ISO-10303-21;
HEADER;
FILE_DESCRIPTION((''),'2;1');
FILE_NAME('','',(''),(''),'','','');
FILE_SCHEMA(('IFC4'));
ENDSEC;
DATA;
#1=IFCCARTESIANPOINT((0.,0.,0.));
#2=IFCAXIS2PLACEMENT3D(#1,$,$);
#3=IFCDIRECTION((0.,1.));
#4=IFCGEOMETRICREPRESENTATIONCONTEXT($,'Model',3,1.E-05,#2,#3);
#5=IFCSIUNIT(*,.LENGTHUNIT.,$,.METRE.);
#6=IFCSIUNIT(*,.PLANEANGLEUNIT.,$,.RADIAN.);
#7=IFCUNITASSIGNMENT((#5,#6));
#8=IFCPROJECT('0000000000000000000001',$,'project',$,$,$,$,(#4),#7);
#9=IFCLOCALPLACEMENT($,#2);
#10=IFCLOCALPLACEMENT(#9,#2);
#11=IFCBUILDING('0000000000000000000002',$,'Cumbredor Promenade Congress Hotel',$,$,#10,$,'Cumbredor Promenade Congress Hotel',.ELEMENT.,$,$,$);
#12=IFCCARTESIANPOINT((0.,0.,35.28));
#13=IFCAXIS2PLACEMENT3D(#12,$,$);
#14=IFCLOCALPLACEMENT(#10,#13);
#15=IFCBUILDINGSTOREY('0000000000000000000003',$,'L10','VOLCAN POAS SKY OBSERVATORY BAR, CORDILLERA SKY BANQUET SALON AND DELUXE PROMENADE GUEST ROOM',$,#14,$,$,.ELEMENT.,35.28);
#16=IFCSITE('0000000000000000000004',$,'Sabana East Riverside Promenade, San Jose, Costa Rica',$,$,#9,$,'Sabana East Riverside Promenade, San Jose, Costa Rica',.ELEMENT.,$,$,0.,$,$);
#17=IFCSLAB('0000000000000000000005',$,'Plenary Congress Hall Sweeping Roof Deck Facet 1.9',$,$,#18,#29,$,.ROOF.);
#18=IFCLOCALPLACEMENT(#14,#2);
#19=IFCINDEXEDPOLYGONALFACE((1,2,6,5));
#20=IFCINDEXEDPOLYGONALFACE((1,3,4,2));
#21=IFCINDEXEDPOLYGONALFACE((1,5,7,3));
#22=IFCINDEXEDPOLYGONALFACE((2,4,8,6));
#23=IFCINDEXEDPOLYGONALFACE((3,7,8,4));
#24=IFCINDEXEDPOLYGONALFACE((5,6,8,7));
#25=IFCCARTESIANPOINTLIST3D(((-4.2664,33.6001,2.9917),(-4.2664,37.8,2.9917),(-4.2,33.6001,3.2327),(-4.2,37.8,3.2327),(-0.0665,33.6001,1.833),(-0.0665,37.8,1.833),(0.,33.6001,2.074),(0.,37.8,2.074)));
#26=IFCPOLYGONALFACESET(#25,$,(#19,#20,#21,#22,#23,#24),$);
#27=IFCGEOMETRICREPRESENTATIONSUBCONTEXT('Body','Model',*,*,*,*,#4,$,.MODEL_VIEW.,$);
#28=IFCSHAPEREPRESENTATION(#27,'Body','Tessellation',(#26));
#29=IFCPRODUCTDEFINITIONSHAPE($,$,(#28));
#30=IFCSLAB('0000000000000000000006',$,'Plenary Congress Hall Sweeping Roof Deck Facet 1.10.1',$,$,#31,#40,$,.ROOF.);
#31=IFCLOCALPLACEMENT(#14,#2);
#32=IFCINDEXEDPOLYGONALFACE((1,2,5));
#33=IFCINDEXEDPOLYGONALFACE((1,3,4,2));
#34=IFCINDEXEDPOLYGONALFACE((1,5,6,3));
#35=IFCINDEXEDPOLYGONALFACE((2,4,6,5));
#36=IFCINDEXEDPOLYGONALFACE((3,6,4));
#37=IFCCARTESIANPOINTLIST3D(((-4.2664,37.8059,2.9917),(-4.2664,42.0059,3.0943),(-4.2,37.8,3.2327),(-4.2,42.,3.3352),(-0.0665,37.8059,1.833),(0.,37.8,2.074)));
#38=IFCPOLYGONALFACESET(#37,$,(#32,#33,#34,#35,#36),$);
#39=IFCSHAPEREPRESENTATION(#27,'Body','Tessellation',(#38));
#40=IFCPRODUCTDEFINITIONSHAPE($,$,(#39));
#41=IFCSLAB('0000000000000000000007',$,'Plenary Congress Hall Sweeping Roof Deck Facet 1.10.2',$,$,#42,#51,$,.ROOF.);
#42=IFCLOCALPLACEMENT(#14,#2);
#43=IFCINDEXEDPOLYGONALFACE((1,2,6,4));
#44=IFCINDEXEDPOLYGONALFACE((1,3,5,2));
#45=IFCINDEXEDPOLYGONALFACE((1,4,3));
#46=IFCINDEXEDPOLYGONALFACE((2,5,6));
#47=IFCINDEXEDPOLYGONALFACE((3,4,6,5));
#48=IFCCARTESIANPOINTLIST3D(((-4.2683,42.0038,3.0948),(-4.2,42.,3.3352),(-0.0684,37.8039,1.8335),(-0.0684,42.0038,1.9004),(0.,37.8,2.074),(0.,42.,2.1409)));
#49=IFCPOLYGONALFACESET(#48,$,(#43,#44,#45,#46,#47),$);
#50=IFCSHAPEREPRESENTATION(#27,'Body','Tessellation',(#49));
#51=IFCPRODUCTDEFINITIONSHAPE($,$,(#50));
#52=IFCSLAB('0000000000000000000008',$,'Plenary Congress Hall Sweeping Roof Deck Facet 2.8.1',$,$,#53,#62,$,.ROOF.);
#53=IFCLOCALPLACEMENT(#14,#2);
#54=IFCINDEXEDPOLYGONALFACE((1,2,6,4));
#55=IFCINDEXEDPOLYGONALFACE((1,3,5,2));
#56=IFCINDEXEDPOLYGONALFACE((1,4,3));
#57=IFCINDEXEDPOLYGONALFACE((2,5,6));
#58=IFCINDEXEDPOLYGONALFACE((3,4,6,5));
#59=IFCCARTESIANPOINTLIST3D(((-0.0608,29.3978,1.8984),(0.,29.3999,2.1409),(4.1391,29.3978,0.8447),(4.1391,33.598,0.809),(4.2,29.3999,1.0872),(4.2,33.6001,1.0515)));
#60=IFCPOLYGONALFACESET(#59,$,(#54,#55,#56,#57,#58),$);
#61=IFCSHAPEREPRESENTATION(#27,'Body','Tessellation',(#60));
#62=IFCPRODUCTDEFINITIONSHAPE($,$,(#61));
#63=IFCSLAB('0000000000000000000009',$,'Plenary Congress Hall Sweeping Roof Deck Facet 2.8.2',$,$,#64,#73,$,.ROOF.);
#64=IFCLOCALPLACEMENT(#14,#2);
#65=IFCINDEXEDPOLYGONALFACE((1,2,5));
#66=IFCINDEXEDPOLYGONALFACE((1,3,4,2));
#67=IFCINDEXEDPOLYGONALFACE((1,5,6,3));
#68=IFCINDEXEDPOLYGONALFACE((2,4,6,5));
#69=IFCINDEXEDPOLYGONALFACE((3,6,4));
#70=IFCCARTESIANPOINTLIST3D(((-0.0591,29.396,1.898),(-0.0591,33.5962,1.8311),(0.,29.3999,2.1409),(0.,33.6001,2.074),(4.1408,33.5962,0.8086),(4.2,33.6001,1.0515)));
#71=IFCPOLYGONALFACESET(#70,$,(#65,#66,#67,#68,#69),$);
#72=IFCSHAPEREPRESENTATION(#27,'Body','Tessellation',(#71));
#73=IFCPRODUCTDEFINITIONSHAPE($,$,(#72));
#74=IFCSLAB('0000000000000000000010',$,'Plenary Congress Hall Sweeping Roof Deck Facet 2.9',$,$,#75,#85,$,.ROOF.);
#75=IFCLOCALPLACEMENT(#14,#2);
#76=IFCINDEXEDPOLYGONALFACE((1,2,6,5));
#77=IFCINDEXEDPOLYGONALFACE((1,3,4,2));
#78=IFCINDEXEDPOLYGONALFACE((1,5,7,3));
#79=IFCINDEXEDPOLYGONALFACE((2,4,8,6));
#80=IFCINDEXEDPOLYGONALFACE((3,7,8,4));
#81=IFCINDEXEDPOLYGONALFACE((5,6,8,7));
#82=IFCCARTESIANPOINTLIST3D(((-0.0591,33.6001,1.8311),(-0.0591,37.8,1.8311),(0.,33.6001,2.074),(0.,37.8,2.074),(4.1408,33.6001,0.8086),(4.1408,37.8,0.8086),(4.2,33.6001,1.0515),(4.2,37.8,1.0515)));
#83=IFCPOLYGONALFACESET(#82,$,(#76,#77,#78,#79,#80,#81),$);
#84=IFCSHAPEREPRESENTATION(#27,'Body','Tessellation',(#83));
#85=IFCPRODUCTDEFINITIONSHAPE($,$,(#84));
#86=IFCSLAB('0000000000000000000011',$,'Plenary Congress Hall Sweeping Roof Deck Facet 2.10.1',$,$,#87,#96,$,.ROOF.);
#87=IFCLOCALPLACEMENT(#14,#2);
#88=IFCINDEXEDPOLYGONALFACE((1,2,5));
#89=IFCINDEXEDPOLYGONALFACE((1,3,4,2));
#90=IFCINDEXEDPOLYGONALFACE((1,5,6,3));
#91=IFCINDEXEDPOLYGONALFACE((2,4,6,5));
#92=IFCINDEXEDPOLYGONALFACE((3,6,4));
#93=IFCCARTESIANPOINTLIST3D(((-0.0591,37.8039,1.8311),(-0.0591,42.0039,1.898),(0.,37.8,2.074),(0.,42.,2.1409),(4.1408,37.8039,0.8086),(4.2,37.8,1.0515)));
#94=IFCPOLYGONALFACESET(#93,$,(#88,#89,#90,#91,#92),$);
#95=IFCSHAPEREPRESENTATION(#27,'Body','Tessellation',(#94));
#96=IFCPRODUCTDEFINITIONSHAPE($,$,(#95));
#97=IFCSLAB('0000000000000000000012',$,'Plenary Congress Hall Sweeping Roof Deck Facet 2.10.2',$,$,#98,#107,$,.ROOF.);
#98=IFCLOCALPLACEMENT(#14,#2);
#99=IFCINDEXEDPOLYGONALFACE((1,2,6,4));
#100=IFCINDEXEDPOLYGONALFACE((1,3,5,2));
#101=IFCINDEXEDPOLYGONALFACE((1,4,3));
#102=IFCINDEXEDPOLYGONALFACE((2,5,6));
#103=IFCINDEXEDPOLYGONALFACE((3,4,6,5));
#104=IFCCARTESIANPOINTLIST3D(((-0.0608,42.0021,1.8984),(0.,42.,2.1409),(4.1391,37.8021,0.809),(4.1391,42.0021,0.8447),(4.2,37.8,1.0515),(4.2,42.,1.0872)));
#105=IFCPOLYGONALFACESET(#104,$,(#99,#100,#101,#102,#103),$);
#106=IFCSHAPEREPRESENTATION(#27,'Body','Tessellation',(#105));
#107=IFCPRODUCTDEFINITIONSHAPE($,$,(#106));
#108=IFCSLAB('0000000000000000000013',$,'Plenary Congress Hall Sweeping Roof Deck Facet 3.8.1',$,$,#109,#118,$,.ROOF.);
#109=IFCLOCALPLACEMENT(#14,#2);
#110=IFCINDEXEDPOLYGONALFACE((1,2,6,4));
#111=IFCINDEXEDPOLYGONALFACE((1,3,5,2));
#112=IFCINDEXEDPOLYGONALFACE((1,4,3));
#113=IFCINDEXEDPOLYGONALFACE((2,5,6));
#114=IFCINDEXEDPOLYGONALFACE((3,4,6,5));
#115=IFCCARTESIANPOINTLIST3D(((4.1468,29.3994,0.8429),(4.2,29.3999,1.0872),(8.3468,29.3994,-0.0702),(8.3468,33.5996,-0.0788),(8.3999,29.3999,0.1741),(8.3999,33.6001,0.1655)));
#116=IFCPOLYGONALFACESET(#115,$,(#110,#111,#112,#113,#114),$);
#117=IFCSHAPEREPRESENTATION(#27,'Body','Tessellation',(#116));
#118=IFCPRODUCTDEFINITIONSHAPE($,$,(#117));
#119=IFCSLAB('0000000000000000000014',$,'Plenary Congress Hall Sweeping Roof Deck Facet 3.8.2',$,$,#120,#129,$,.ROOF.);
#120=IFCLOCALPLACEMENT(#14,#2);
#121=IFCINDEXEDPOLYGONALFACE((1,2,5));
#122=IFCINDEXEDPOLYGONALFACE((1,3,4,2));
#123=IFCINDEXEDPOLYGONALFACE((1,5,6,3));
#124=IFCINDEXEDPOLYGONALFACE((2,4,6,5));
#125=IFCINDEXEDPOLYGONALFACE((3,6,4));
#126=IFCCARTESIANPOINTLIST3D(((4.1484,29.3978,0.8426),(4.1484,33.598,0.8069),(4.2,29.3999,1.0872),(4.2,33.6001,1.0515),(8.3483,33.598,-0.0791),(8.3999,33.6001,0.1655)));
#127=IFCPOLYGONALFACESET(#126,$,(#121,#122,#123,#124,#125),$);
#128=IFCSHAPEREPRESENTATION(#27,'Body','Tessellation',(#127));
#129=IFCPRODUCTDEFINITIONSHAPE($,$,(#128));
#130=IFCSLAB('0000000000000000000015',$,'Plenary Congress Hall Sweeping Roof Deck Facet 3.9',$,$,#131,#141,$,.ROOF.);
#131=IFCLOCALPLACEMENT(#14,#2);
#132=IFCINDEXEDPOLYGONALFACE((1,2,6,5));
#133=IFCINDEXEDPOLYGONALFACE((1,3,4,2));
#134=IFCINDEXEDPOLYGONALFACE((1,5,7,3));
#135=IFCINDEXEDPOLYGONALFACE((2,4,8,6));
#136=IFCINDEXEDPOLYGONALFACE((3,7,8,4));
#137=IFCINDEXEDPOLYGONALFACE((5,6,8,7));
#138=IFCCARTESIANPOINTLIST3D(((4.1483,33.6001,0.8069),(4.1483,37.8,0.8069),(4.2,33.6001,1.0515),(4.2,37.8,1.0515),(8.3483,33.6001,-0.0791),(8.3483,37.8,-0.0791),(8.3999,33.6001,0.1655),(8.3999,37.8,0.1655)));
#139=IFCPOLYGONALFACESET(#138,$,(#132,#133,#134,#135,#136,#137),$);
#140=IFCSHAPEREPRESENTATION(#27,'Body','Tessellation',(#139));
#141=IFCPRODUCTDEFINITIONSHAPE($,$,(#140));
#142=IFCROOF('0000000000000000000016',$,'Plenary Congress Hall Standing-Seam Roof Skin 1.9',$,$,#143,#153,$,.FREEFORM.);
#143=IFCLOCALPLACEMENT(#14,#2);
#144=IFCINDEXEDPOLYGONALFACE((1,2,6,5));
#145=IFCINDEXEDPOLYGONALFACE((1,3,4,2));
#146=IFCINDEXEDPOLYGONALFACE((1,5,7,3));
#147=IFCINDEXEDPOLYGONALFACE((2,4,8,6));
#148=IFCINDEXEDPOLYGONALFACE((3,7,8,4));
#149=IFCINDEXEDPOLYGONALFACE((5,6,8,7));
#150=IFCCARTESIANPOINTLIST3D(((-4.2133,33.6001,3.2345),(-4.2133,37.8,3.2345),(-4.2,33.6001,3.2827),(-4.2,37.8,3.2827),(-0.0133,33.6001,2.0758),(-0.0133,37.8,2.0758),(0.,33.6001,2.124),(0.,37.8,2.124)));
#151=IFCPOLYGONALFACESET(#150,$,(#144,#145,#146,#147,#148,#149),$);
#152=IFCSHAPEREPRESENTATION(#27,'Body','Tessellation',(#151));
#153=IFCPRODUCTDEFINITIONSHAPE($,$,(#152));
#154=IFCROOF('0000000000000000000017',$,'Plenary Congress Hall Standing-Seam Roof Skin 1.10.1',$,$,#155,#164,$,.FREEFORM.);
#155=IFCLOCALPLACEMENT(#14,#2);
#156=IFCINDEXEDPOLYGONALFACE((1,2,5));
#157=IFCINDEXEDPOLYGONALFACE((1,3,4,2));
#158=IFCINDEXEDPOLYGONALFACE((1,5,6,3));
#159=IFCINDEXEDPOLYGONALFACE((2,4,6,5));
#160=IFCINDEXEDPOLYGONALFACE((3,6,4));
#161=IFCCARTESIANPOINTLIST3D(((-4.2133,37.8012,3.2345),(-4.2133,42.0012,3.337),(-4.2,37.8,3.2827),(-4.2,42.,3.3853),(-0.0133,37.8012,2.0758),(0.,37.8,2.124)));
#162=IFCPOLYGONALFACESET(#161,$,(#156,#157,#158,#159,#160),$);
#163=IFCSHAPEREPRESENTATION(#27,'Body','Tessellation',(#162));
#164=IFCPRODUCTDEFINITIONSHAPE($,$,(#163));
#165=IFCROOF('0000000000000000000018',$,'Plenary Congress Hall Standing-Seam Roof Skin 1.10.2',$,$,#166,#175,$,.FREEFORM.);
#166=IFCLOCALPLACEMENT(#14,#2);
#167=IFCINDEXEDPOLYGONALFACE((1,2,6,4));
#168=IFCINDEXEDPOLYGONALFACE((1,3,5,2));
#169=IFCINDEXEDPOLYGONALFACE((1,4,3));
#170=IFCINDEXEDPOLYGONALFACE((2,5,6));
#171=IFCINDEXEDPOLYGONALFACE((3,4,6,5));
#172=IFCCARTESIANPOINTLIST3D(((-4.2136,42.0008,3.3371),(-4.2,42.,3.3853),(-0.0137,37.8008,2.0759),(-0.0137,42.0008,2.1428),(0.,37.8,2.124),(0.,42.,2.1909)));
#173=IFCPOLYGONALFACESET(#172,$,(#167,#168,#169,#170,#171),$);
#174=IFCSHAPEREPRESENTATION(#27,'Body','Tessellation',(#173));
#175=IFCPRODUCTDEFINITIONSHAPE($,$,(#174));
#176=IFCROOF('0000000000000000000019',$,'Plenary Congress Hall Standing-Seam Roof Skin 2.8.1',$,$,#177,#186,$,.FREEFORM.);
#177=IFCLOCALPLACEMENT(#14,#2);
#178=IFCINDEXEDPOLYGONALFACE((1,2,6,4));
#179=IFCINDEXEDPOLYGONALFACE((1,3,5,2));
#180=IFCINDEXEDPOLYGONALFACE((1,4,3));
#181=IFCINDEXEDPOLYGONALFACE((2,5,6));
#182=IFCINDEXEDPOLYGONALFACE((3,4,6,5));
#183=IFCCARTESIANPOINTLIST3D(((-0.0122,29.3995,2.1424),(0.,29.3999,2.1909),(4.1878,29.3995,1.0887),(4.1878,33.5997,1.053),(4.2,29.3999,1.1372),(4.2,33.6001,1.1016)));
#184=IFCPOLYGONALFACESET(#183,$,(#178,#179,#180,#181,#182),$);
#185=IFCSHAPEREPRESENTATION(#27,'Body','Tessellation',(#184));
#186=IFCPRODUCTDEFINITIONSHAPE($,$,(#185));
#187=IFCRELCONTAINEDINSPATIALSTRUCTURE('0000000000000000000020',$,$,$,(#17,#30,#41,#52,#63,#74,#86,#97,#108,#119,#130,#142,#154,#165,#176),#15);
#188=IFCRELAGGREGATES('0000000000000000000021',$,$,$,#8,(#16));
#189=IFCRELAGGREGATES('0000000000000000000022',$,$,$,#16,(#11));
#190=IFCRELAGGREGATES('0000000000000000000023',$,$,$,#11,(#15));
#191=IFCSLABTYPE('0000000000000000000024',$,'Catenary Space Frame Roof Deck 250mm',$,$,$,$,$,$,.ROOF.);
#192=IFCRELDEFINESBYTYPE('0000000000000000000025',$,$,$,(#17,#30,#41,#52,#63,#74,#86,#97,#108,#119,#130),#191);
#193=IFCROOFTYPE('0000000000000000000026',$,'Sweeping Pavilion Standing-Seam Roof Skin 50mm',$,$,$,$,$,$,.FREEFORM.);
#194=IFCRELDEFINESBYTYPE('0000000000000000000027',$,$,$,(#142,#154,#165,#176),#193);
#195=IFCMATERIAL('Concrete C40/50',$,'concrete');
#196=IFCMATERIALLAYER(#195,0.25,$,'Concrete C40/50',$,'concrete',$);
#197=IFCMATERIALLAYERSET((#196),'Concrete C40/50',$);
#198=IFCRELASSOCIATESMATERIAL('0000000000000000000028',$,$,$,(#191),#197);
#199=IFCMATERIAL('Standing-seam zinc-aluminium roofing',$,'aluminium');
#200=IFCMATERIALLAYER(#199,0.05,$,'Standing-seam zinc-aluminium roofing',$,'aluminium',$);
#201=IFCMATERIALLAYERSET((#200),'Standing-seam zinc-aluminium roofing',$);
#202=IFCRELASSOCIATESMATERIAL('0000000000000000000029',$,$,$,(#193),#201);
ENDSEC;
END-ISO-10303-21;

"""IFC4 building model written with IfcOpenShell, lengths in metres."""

from ifc_helpers import new_model, si_unit, direction, frame, origin, place, context, subcontext, project, spatial, polyline, outline, extrude, material, layer, layer_set, type_object, element, save


model = new_model("IFC4")

# Units and contexts
model_context = context("Model", 3, precision=1e-05, world=origin(), true_north=direction((0.0, 1.0)))
body_context = subcontext(model_context, "Body", "Model", "MODEL_VIEW")
ifc_project = project(units=[si_unit("LENGTHUNIT", "METRE"), si_unit("PLANEANGLEUNIT", "RADIAN")], contexts=[model_context])

# Site, building, storey
site_placement = place(None, origin())
site = spatial("IfcSite", under=ifc_project, at=site_placement, Name="Sabana East Riverside Promenade, San Jose, Costa Rica", LongName="Sabana East Riverside Promenade, San Jose, Costa Rica", CompositionType="ELEMENT", RefElevation=0.0)
building_placement = place(site_placement, origin())
building = spatial("IfcBuilding", under=site, at=building_placement, Name="Cumbredor Promenade Congress Hotel", LongName="Cumbredor Promenade Congress Hotel", CompositionType="ELEMENT")
storey_placement = place(building_placement, frame((0.0, 0.0, 35.28)))
storey = spatial("IfcBuildingStorey", under=building, at=storey_placement, Name="L10", Description="VOLCAN POAS SKY OBSERVATORY BAR, CORDILLERA SKY BANQUET SALON AND DELUXE PROMENADE GUEST ROOM", CompositionType="ELEMENT", Elevation=35.28)

# Slabs
ifc_material_1 = material(Name="Concrete C40/50", Category="concrete")
ifc_layer_1 = layer(ifc_material_1, 0.25, Name="Concrete C40/50", Category="concrete")
ifc_layer_set_1 = layer_set([ifc_layer_1], Name="Concrete C40/50")
slab_type = type_object("IfcSlabType", Name="Catenary Space Frame Roof Deck 250mm", PredefinedType="ROOF", material=ifc_layer_set_1)
slab_1_placement = place(storey_placement, frame((-4.2, 33.6001, 3.2327), z_axis=(0.265947, 0.0, 0.963988), x_axis=(0.963988, 0.0, -0.265947)))
element("IfcSlab", 1, at=slab_1_placement, inside=storey, type_object=slab_type, Name="Plenary Congress Hall Sweeping Roof Deck Facet 1.9", PredefinedType="ROOF", context=body_context, shape_type="SweptSolid", body=[
    extrude(outline(polyline([(0.0, 0.0), (4.3569, 0.0), (4.3569, 4.2), (0.0, 4.2), (0.0, 0.0)])), origin(), (0.0, 0.0, -1.0), 0.25),
])
slab_2_placement = place(storey_placement, frame((-4.2, 37.8, 3.2327), z_axis=(0.265873, -0.023529, 0.963721), x_axis=(0.963988, 0.0, -0.265947)))
element("IfcSlab", 2, at=slab_2_placement, inside=storey, type_object=slab_type, Name="Plenary Congress Hall Sweeping Roof Deck Facet 1.10.1", PredefinedType="ROOF", context=body_context, shape_type="SweptSolid", body=[
    extrude(outline(polyline([(0.0, 0.0), (4.3569, 0.0), (-0.0273, 4.2011), (0.0, 0.0)])), origin(), (0.0, 0.0, -1.0), 0.25),
])
slab_3_placement = place(storey_placement, frame((0.0, 37.8, 2.074), z_axis=(0.273493, -0.015318, 0.961752), x_axis=(0.0, 0.999873, 0.015925)))
element("IfcSlab", 3, at=slab_3_placement, inside=storey, type_object=slab_type, Name="Plenary Congress Hall Sweeping Roof Deck Facet 1.10.2", PredefinedType="ROOF", context=body_context, shape_type="SweptSolid", body=[
    extrude(outline(polyline([(0.0, 0.0), (4.2005, 0.0), (4.2195, 4.3664), (0.0, 0.0)])), origin(), (0.0, 0.0, -1.0), 0.25),
])
slab_4_placement = place(storey_placement, frame((0.0, 29.3999, 2.1409), z_axis=(0.243337, 0.008231, 0.969907), x_axis=(0.96994, 0.0, -0.243345)))
element("IfcSlab", 4, at=slab_4_placement, inside=storey, type_object=slab_type, Name="Plenary Congress Hall Sweeping Roof Deck Facet 2.8.1", PredefinedType="ROOF", context=body_context, shape_type="SweptSolid", body=[
    extrude(outline(polyline([(0.0, 0.0), (4.3301, 0.0), (4.3388, 4.2003), (0.0, 0.0)])), origin(), (0.0, 0.0, -1.0), 0.25),
])
slab_5_placement = place(storey_placement, frame((0.0, 29.3999, 2.1409), z_axis=(0.236509, 0.015473, 0.971506), x_axis=(0.695487, 0.695527, -0.180391)))
element("IfcSlab", 5, at=slab_5_placement, inside=storey, type_object=slab_type, Name="Plenary Congress Hall Sweeping Roof Deck Facet 2.8.2", PredefinedType="ROOF", context=body_context, shape_type="SweptSolid", body=[
    extrude(outline(polyline([(0.0, 0.0), (6.0389, 0.0), (2.9334, 3.0069), (0.0, 0.0)])), origin(), (0.0, 0.0, -1.0), 0.25),
])
slab_6_placement = place(storey_placement, frame((0.0, 33.6001, 2.074), z_axis=(0.236537, 0.0, 0.971622), x_axis=(0.971622, 0.0, -0.236537)))
element("IfcSlab", 6, at=slab_6_placement, inside=storey, type_object=slab_type, Name="Plenary Congress Hall Sweeping Roof Deck Facet 2.9", PredefinedType="ROOF", context=body_context, shape_type="SweptSolid", body=[
    extrude(outline(polyline([(0.0, 0.0), (4.3226, 0.0), (4.3226, 4.2), (0.0, 4.2), (0.0, 0.0)])), origin(), (0.0, 0.0, -1.0), 0.25),
])
slab_7_placement = place(storey_placement, frame((0.0, 37.8, 2.074), z_axis=(0.236509, -0.015474, 0.971506), x_axis=(0.971622, 0.0, -0.236537)))
element("IfcSlab", 7, at=slab_7_placement, inside=storey, type_object=slab_type, Name="Plenary Congress Hall Sweeping Roof Deck Facet 2.10.1", PredefinedType="ROOF", context=body_context, shape_type="SweptSolid", body=[
    extrude(outline(polyline([(0.0, 0.0), (4.3226, 0.0), (-0.0158, 4.2005), (0.0, 0.0)])), origin(), (0.0, 0.0, -1.0), 0.25),
])
slab_8_placement = place(storey_placement, frame((4.2, 37.8, 1.0515), z_axis=(0.243337, -0.008231, 0.969907), x_axis=(0.0, 0.999964, 0.008487)))
element("IfcSlab", 8, at=slab_8_placement, inside=storey, type_object=slab_type, Name="Plenary Congress Hall Sweeping Roof Deck Facet 2.10.2", PredefinedType="ROOF", context=body_context, shape_type="SweptSolid", body=[
    extrude(outline(polyline([(0.0, 0.0), (4.2001, 0.0), (4.209, 4.3301), (0.0, 0.0)])), origin(), (0.0, 0.0, -1.0), 0.25),
])
slab_9_placement = place(storey_placement, frame((4.2, 29.3999, 1.0872), z_axis=(0.212441, 0.001988, 0.977172), x_axis=(0.977174, 0.0, -0.212441)))
element("IfcSlab", 9, at=slab_9_placement, inside=storey, type_object=slab_type, Name="Plenary Congress Hall Sweeping Roof Deck Facet 3.8.1", PredefinedType="ROOF", context=body_context, shape_type="SweptSolid", body=[
    extrude(outline(polyline([(0.0, 0.0), (4.2981, 0.0), (4.2999, 4.2002), (0.0, 0.0)])), origin(), (0.0, 0.0, -1.0), 0.25),
])
slab_10_placement = place(storey_placement, frame((4.2, 29.3999, 1.0872), z_axis=(0.206402, 0.008303, 0.978432), x_axis=(0.698725, 0.698766, -0.153327)))
element("IfcSlab", 10, at=slab_10_placement, inside=storey, type_object=slab_type, Name="Plenary Congress Hall Sweeping Roof Deck Facet 3.8.2", PredefinedType="ROOF", context=body_context, shape_type="SweptSolid", body=[
    extrude(outline(polyline([(0.0, 0.0), (6.0109, 0.0), (2.9404, 2.9995), (0.0, 0.0)])), origin(), (0.0, 0.0, -1.0), 0.25),
])
slab_11_placement = place(storey_placement, frame((4.2, 33.6001, 1.0515), z_axis=(0.206409, 0.0, 0.978466), x_axis=(0.978466, 0.0, -0.206409)))
element("IfcSlab", 11, at=slab_11_placement, inside=storey, type_object=slab_type, Name="Plenary Congress Hall Sweeping Roof Deck Facet 3.9", PredefinedType="ROOF", context=body_context, shape_type="SweptSolid", body=[
    extrude(outline(polyline([(0.0, 0.0), (4.2924, 0.0), (4.2924, 4.2), (0.0, 4.2), (0.0, 0.0)])), origin(), (0.0, 0.0, -1.0), 0.25),
])

# Roofs
ifc_material_2 = material(Name="Standing-seam zinc-aluminium roofing", Category="aluminium")
ifc_layer_2 = layer(ifc_material_2, 0.05, Name="Standing-seam zinc-aluminium roofing", Category="aluminium")
ifc_layer_set_2 = layer_set([ifc_layer_2], Name="Standing-seam zinc-aluminium roofing")
roof_type = type_object("IfcRoofType", Name="Sweeping Pavilion Standing-Seam Roof Skin 50mm", PredefinedType="FREEFORM", material=ifc_layer_set_2)
roof_1_placement = place(storey_placement, frame((-4.2, 33.6001, 3.2827), z_axis=(0.265947, 0.0, 0.963988), x_axis=(0.963988, 0.0, -0.265947)))
element("IfcRoof", 12, at=roof_1_placement, inside=storey, type_object=roof_type, Name="Plenary Congress Hall Standing-Seam Roof Skin 1.9", PredefinedType="FREEFORM", context=body_context, shape_type="SweptSolid", body=[
    extrude(outline(polyline([(0.0, 0.0), (4.3569, 0.0), (4.3569, 4.2), (0.0, 4.2), (0.0, 0.0)])), origin(), (0.0, 0.0, -1.0), 0.05),
])
roof_2_placement = place(storey_placement, frame((-4.2, 37.8, 3.2827), z_axis=(0.265873, -0.023529, 0.963721), x_axis=(0.963988, 0.0, -0.265947)))
element("IfcRoof", 13, at=roof_2_placement, inside=storey, type_object=roof_type, Name="Plenary Congress Hall Standing-Seam Roof Skin 1.10.1", PredefinedType="FREEFORM", context=body_context, shape_type="SweptSolid", body=[
    extrude(outline(polyline([(0.0, 0.0), (4.3569, 0.0), (-0.0273, 4.2011), (0.0, 0.0)])), origin(), (0.0, 0.0, -1.0), 0.05),
])
roof_3_placement = place(storey_placement, frame((0.0, 37.8, 2.124), z_axis=(0.273493, -0.015318, 0.961752), x_axis=(0.0, 0.999873, 0.015925)))
element("IfcRoof", 14, at=roof_3_placement, inside=storey, type_object=roof_type, Name="Plenary Congress Hall Standing-Seam Roof Skin 1.10.2", PredefinedType="FREEFORM", context=body_context, shape_type="SweptSolid", body=[
    extrude(outline(polyline([(0.0, 0.0), (4.2005, 0.0), (4.2195, 4.3664), (0.0, 0.0)])), origin(), (0.0, 0.0, -1.0), 0.05),
])
roof_4_placement = place(storey_placement, frame((0.0, 29.3999, 2.1909), z_axis=(0.243337, 0.008231, 0.969907), x_axis=(0.96994, 0.0, -0.243345)))
element("IfcRoof", 15, at=roof_4_placement, inside=storey, type_object=roof_type, Name="Plenary Congress Hall Standing-Seam Roof Skin 2.8.1", PredefinedType="FREEFORM", context=body_context, shape_type="SweptSolid", body=[
    extrude(outline(polyline([(0.0, 0.0), (4.3301, 0.0), (4.3388, 4.2003), (0.0, 0.0)])), origin(), (0.0, 0.0, -1.0), 0.05),
])

save(model, "model.ifc")
